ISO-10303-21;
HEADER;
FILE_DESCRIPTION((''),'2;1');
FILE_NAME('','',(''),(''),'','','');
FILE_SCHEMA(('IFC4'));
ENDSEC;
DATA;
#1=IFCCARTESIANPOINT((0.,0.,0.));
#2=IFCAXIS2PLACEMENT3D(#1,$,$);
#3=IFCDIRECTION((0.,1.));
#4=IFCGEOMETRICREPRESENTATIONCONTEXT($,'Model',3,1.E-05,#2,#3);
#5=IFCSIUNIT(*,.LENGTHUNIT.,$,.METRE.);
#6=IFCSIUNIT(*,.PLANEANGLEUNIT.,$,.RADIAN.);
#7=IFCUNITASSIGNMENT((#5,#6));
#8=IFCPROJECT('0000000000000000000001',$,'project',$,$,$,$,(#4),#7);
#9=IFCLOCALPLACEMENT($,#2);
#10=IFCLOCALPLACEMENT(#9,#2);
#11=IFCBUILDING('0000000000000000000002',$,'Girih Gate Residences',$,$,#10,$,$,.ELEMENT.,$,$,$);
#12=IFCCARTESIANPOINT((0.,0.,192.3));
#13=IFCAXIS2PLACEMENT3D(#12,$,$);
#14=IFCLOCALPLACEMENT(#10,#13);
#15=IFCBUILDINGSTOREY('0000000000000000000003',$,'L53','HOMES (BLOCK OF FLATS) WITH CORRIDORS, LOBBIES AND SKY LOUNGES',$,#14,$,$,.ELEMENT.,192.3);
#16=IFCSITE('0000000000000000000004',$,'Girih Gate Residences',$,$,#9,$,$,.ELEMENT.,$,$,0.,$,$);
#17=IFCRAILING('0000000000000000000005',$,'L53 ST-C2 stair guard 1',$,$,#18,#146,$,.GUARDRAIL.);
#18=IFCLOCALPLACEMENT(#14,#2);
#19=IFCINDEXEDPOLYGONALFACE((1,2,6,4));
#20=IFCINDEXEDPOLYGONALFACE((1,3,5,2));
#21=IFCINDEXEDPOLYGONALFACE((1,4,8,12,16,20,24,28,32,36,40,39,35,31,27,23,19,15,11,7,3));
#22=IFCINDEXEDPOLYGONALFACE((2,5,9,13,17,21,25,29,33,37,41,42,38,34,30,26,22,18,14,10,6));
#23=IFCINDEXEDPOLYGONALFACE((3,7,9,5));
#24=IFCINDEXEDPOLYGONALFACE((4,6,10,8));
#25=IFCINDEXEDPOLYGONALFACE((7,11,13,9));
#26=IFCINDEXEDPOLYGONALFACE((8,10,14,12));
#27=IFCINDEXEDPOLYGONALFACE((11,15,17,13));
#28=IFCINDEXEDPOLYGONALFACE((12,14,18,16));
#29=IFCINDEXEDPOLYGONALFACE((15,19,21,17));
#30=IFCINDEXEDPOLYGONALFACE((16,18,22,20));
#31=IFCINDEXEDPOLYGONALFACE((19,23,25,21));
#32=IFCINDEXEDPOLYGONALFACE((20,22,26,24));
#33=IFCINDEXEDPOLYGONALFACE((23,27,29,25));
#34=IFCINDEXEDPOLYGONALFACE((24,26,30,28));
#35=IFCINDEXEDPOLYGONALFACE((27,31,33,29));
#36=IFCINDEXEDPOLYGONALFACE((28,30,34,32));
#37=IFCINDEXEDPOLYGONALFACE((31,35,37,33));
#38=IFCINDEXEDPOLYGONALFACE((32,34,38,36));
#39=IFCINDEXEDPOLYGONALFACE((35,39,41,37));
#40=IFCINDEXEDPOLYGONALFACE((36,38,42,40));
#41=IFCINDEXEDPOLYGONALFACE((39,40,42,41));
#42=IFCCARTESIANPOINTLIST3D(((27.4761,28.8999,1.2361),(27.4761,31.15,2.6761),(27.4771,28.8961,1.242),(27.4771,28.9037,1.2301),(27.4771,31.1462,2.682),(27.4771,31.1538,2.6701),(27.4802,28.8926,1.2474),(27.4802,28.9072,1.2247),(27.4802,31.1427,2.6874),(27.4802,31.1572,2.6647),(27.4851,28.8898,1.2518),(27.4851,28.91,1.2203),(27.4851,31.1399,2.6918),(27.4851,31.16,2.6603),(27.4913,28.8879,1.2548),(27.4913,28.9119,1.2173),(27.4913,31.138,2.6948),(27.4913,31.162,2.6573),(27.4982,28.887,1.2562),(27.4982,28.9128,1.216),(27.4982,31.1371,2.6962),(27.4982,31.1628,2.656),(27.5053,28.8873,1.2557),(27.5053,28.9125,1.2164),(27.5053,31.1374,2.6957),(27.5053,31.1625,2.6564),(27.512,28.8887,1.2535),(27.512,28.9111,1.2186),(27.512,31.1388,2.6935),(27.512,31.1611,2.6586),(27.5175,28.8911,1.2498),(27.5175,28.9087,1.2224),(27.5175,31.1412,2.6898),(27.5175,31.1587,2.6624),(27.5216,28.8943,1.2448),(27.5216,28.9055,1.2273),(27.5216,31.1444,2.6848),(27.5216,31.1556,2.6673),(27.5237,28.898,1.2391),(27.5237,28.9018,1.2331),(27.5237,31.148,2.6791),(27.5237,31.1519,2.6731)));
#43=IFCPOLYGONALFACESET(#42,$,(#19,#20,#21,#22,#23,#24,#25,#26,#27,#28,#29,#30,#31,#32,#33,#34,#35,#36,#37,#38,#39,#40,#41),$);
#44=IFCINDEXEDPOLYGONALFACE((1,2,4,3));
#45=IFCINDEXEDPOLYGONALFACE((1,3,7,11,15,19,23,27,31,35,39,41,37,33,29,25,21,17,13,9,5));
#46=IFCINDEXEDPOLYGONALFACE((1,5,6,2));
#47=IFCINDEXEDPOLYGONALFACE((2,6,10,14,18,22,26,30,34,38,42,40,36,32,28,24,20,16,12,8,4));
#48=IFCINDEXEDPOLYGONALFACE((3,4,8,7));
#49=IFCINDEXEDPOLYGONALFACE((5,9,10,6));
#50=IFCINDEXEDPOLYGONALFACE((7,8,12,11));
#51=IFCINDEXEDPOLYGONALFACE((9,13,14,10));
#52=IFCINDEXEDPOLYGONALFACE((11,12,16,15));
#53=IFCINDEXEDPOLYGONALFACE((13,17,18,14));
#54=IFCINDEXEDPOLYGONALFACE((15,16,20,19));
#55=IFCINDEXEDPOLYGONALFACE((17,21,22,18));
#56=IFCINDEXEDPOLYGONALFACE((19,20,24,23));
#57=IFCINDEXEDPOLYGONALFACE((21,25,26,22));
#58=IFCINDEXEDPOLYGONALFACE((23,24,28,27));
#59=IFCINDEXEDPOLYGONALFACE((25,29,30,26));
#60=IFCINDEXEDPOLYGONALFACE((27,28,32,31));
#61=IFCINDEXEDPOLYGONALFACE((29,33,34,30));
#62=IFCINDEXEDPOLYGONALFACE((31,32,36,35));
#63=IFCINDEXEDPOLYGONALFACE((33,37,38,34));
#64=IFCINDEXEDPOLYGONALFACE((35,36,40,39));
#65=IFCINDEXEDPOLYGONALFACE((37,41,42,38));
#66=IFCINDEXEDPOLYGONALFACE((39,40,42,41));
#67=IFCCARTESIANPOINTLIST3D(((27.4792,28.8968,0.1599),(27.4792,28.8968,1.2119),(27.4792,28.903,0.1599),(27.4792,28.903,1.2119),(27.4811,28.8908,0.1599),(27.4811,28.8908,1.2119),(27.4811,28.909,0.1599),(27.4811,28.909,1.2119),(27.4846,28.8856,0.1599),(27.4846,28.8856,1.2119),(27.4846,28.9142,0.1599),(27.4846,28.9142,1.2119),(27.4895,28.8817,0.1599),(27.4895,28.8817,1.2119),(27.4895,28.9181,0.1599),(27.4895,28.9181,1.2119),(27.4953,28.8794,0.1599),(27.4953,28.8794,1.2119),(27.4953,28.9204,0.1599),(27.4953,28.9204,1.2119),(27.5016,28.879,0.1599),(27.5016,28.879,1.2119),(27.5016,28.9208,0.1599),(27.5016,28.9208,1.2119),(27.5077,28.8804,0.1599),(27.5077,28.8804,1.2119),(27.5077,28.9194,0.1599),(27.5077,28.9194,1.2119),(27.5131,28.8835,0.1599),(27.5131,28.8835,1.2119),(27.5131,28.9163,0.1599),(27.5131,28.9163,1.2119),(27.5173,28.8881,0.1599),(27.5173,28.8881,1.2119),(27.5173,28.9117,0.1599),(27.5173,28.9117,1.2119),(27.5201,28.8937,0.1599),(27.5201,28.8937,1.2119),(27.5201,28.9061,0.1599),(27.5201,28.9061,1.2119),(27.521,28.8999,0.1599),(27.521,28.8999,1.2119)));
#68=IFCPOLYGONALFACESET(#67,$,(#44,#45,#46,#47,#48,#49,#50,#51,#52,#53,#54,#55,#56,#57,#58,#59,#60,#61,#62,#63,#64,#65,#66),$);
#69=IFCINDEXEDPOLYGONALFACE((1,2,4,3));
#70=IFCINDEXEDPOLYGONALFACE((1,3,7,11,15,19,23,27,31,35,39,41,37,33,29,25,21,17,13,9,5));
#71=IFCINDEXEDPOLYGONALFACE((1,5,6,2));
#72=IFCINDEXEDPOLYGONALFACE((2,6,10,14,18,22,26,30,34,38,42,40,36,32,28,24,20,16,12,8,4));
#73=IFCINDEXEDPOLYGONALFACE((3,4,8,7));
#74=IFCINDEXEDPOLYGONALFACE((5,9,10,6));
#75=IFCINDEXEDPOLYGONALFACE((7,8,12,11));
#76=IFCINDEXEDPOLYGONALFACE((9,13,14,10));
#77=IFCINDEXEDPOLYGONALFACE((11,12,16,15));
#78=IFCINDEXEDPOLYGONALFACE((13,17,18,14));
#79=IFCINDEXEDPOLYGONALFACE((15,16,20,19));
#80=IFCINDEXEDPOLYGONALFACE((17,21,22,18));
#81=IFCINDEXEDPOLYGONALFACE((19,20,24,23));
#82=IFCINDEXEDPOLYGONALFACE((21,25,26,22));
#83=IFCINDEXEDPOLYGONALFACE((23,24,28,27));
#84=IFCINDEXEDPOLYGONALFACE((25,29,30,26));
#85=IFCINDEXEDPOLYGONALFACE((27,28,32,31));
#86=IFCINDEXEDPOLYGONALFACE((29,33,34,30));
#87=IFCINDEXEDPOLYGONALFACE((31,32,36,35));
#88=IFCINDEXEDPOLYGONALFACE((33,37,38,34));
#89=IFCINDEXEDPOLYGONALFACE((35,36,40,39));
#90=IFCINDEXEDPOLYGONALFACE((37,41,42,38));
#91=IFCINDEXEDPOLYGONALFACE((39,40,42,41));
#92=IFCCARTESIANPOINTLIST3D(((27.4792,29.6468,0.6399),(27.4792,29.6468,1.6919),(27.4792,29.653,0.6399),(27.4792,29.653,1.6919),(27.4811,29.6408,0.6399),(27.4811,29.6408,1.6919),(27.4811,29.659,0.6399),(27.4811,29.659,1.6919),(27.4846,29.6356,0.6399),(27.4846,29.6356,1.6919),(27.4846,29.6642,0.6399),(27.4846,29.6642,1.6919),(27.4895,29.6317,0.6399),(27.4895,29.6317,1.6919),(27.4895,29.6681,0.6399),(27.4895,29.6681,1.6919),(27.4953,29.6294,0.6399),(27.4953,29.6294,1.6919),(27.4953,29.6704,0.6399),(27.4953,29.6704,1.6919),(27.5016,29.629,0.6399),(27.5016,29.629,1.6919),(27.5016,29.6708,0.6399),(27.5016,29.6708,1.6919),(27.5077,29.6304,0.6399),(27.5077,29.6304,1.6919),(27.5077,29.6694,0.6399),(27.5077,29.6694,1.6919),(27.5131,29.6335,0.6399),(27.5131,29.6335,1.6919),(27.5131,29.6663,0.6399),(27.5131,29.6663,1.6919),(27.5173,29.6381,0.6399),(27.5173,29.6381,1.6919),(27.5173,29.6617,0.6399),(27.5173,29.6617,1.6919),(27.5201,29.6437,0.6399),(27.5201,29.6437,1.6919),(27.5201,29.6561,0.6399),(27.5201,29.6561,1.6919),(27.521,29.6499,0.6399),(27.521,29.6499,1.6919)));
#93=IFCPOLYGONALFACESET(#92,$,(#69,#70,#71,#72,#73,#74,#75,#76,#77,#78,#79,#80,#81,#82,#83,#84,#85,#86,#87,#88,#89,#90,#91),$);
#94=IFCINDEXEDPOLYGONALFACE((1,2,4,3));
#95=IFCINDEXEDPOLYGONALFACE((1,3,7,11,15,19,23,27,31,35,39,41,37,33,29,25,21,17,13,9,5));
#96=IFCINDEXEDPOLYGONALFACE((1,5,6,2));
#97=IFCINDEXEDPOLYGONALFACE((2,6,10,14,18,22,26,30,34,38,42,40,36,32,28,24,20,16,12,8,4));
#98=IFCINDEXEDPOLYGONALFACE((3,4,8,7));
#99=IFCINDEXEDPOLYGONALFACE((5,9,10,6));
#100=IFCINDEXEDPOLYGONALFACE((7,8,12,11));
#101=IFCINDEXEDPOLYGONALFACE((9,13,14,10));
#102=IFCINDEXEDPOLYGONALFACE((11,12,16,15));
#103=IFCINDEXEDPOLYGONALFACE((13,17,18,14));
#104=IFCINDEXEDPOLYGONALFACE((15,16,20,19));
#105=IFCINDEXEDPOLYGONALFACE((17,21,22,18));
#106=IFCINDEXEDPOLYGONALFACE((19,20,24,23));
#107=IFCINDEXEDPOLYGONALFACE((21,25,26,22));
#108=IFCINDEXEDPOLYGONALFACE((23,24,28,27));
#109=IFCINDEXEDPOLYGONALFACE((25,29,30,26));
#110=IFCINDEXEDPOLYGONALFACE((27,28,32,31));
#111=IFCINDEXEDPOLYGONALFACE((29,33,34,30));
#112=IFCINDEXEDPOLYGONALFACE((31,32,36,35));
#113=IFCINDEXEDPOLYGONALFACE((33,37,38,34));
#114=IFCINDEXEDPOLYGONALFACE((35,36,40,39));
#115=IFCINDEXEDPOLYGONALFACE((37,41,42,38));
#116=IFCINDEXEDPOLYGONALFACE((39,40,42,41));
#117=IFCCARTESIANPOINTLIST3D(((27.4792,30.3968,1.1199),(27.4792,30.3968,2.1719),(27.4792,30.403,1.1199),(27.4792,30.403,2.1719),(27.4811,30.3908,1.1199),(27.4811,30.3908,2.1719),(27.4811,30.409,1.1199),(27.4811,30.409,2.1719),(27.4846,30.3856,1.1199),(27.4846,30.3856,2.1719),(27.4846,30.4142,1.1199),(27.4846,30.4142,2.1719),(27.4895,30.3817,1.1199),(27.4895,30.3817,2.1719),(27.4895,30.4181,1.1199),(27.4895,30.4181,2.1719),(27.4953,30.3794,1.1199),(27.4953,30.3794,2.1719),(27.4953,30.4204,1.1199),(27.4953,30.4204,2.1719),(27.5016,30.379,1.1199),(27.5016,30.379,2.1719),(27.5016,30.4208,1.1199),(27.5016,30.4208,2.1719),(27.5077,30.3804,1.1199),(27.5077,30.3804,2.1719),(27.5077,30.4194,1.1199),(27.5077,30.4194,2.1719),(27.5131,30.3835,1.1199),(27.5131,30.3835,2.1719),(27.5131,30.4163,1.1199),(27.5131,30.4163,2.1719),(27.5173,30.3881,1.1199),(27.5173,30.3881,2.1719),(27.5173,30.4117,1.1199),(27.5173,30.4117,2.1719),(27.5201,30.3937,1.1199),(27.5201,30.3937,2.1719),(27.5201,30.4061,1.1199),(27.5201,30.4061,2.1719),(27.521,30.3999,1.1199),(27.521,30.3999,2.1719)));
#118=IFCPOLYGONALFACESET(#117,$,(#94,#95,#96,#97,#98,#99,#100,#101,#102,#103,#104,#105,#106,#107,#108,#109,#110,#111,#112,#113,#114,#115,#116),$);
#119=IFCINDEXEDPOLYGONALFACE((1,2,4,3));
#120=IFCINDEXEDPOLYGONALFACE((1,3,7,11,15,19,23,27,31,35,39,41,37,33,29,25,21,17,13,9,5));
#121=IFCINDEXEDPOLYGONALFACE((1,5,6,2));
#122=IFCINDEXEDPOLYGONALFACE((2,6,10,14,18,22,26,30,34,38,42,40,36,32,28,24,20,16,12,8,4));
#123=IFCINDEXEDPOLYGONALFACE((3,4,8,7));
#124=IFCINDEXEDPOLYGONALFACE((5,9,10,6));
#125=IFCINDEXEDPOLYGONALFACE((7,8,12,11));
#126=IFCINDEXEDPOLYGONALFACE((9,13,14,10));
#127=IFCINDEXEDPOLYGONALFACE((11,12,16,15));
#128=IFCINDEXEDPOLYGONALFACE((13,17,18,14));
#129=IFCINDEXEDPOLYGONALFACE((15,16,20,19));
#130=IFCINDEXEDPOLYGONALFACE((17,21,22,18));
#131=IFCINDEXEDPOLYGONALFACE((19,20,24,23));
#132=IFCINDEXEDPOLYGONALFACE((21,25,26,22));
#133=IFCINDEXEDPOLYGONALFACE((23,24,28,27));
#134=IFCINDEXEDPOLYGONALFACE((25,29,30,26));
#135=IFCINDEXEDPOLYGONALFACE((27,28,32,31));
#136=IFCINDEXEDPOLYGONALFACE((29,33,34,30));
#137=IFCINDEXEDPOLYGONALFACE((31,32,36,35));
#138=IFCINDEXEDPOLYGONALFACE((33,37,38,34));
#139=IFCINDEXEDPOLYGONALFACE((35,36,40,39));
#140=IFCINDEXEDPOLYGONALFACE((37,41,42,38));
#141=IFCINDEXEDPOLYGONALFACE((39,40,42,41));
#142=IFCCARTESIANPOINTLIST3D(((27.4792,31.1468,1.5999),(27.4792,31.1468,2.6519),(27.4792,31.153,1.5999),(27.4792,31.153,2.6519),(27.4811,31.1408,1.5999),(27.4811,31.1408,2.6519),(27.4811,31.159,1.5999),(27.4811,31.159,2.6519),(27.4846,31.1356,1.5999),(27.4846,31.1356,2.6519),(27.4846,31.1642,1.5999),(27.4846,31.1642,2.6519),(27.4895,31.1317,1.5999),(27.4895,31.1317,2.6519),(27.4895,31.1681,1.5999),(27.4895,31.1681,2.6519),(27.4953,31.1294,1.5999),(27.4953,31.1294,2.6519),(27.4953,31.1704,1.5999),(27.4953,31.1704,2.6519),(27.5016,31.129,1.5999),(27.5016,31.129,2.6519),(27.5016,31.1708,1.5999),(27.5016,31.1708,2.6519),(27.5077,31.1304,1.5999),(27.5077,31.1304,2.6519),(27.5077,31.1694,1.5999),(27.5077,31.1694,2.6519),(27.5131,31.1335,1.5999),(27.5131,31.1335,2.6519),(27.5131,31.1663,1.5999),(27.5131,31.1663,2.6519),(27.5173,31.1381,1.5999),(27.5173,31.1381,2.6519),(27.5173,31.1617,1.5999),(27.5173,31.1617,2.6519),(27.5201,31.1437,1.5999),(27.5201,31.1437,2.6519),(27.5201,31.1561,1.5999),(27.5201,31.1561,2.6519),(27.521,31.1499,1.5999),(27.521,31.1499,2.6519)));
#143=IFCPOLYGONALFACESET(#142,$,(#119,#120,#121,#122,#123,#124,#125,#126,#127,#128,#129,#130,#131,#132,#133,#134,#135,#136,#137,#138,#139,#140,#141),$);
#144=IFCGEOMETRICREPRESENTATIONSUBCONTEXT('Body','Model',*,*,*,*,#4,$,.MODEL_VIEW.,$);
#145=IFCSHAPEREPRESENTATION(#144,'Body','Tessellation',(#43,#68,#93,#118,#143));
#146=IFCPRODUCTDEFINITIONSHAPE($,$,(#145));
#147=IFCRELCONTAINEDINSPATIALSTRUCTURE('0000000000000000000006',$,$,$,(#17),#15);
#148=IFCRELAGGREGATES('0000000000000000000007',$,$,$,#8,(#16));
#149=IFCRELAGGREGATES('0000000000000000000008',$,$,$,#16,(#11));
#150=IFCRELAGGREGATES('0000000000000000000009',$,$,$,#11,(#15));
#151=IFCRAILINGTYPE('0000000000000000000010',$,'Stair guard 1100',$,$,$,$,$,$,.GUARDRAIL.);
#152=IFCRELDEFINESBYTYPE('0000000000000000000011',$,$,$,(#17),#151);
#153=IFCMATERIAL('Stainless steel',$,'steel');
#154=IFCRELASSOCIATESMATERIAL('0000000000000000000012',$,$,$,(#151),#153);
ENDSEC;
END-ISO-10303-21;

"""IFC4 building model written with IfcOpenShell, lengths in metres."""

from ifc_helpers import new_model, si_unit, direction, frame, origin, origin_2d, place, context, subcontext, project, spatial, circle, extrude, material, type_object, element, save


model = new_model("IFC4")

# Units and contexts
model_context = context("Model", 3, precision=1e-05, world=origin(), true_north=direction((0.0, 1.0)))
body_context = subcontext(model_context, "Body", "Model", "MODEL_VIEW")
ifc_project = project(units=[si_unit("LENGTHUNIT", "METRE"), si_unit("PLANEANGLEUNIT", "RADIAN")], contexts=[model_context])

# Site, building, storey
site_placement = place(None, origin())
site = spatial("IfcSite", under=ifc_project, at=site_placement, Name="Girih Gate Residences", CompositionType="ELEMENT", RefElevation=0.0)
building_placement = place(site_placement, origin())
building = spatial("IfcBuilding", under=site, at=building_placement, Name="Girih Gate Residences", CompositionType="ELEMENT")
storey_placement = place(building_placement, frame((0.0, 0.0, 192.3)))
storey = spatial("IfcBuildingStorey", under=building, at=storey_placement, Name="L53", Description="HOMES (BLOCK OF FLATS) WITH CORRIDORS, LOBBIES AND SKY LOUNGES", CompositionType="ELEMENT", Elevation=192.3)

# Railing
ifc_material_1 = material(Name="Stainless steel", Category="steel")
railing_type_1 = type_object("IfcRailingType", Name="Stair guard 1100", PredefinedType="GUARDRAIL", material=ifc_material_1)
railing_1_placement = place(storey_placement, frame((27.5, 28.8999, 0.1599)))
element("IfcRailing", 1, at=railing_1_placement, inside=storey, type_object=railing_type_1, Name="L53 ST-C2 stair guard 1", PredefinedType="GUARDRAIL", context=body_context, shape_type="SweptSolid", body=[
    extrude(circle(Radius=0.0239, at=origin_2d()), frame((0.0, 0.0, 1.0762), z_axis=(0.0, 0.842281, 0.539038), x_axis=(-1.0, 0.0, 0.0)), (0.0, 0.0, 1.0), 2.6714),
    extrude(circle(Radius=0.021, at=origin_2d()), origin(), (0.0, 0.0, 1.0), 1.052),
    extrude(circle(Radius=0.021, at=origin_2d()), frame((0.0, 0.75, 0.48)), (0.0, 0.0, 1.0), 1.052),
    extrude(circle(Radius=0.021, at=origin_2d()), frame((0.0, 1.5, 0.96)), (0.0, 0.0, 1.0), 1.052),
    extrude(circle(Radius=0.021, at=origin_2d()), frame((0.0, 2.25, 1.4399)), (0.0, 0.0, 1.0), 1.052),
])

save(model, "model.ifc")
